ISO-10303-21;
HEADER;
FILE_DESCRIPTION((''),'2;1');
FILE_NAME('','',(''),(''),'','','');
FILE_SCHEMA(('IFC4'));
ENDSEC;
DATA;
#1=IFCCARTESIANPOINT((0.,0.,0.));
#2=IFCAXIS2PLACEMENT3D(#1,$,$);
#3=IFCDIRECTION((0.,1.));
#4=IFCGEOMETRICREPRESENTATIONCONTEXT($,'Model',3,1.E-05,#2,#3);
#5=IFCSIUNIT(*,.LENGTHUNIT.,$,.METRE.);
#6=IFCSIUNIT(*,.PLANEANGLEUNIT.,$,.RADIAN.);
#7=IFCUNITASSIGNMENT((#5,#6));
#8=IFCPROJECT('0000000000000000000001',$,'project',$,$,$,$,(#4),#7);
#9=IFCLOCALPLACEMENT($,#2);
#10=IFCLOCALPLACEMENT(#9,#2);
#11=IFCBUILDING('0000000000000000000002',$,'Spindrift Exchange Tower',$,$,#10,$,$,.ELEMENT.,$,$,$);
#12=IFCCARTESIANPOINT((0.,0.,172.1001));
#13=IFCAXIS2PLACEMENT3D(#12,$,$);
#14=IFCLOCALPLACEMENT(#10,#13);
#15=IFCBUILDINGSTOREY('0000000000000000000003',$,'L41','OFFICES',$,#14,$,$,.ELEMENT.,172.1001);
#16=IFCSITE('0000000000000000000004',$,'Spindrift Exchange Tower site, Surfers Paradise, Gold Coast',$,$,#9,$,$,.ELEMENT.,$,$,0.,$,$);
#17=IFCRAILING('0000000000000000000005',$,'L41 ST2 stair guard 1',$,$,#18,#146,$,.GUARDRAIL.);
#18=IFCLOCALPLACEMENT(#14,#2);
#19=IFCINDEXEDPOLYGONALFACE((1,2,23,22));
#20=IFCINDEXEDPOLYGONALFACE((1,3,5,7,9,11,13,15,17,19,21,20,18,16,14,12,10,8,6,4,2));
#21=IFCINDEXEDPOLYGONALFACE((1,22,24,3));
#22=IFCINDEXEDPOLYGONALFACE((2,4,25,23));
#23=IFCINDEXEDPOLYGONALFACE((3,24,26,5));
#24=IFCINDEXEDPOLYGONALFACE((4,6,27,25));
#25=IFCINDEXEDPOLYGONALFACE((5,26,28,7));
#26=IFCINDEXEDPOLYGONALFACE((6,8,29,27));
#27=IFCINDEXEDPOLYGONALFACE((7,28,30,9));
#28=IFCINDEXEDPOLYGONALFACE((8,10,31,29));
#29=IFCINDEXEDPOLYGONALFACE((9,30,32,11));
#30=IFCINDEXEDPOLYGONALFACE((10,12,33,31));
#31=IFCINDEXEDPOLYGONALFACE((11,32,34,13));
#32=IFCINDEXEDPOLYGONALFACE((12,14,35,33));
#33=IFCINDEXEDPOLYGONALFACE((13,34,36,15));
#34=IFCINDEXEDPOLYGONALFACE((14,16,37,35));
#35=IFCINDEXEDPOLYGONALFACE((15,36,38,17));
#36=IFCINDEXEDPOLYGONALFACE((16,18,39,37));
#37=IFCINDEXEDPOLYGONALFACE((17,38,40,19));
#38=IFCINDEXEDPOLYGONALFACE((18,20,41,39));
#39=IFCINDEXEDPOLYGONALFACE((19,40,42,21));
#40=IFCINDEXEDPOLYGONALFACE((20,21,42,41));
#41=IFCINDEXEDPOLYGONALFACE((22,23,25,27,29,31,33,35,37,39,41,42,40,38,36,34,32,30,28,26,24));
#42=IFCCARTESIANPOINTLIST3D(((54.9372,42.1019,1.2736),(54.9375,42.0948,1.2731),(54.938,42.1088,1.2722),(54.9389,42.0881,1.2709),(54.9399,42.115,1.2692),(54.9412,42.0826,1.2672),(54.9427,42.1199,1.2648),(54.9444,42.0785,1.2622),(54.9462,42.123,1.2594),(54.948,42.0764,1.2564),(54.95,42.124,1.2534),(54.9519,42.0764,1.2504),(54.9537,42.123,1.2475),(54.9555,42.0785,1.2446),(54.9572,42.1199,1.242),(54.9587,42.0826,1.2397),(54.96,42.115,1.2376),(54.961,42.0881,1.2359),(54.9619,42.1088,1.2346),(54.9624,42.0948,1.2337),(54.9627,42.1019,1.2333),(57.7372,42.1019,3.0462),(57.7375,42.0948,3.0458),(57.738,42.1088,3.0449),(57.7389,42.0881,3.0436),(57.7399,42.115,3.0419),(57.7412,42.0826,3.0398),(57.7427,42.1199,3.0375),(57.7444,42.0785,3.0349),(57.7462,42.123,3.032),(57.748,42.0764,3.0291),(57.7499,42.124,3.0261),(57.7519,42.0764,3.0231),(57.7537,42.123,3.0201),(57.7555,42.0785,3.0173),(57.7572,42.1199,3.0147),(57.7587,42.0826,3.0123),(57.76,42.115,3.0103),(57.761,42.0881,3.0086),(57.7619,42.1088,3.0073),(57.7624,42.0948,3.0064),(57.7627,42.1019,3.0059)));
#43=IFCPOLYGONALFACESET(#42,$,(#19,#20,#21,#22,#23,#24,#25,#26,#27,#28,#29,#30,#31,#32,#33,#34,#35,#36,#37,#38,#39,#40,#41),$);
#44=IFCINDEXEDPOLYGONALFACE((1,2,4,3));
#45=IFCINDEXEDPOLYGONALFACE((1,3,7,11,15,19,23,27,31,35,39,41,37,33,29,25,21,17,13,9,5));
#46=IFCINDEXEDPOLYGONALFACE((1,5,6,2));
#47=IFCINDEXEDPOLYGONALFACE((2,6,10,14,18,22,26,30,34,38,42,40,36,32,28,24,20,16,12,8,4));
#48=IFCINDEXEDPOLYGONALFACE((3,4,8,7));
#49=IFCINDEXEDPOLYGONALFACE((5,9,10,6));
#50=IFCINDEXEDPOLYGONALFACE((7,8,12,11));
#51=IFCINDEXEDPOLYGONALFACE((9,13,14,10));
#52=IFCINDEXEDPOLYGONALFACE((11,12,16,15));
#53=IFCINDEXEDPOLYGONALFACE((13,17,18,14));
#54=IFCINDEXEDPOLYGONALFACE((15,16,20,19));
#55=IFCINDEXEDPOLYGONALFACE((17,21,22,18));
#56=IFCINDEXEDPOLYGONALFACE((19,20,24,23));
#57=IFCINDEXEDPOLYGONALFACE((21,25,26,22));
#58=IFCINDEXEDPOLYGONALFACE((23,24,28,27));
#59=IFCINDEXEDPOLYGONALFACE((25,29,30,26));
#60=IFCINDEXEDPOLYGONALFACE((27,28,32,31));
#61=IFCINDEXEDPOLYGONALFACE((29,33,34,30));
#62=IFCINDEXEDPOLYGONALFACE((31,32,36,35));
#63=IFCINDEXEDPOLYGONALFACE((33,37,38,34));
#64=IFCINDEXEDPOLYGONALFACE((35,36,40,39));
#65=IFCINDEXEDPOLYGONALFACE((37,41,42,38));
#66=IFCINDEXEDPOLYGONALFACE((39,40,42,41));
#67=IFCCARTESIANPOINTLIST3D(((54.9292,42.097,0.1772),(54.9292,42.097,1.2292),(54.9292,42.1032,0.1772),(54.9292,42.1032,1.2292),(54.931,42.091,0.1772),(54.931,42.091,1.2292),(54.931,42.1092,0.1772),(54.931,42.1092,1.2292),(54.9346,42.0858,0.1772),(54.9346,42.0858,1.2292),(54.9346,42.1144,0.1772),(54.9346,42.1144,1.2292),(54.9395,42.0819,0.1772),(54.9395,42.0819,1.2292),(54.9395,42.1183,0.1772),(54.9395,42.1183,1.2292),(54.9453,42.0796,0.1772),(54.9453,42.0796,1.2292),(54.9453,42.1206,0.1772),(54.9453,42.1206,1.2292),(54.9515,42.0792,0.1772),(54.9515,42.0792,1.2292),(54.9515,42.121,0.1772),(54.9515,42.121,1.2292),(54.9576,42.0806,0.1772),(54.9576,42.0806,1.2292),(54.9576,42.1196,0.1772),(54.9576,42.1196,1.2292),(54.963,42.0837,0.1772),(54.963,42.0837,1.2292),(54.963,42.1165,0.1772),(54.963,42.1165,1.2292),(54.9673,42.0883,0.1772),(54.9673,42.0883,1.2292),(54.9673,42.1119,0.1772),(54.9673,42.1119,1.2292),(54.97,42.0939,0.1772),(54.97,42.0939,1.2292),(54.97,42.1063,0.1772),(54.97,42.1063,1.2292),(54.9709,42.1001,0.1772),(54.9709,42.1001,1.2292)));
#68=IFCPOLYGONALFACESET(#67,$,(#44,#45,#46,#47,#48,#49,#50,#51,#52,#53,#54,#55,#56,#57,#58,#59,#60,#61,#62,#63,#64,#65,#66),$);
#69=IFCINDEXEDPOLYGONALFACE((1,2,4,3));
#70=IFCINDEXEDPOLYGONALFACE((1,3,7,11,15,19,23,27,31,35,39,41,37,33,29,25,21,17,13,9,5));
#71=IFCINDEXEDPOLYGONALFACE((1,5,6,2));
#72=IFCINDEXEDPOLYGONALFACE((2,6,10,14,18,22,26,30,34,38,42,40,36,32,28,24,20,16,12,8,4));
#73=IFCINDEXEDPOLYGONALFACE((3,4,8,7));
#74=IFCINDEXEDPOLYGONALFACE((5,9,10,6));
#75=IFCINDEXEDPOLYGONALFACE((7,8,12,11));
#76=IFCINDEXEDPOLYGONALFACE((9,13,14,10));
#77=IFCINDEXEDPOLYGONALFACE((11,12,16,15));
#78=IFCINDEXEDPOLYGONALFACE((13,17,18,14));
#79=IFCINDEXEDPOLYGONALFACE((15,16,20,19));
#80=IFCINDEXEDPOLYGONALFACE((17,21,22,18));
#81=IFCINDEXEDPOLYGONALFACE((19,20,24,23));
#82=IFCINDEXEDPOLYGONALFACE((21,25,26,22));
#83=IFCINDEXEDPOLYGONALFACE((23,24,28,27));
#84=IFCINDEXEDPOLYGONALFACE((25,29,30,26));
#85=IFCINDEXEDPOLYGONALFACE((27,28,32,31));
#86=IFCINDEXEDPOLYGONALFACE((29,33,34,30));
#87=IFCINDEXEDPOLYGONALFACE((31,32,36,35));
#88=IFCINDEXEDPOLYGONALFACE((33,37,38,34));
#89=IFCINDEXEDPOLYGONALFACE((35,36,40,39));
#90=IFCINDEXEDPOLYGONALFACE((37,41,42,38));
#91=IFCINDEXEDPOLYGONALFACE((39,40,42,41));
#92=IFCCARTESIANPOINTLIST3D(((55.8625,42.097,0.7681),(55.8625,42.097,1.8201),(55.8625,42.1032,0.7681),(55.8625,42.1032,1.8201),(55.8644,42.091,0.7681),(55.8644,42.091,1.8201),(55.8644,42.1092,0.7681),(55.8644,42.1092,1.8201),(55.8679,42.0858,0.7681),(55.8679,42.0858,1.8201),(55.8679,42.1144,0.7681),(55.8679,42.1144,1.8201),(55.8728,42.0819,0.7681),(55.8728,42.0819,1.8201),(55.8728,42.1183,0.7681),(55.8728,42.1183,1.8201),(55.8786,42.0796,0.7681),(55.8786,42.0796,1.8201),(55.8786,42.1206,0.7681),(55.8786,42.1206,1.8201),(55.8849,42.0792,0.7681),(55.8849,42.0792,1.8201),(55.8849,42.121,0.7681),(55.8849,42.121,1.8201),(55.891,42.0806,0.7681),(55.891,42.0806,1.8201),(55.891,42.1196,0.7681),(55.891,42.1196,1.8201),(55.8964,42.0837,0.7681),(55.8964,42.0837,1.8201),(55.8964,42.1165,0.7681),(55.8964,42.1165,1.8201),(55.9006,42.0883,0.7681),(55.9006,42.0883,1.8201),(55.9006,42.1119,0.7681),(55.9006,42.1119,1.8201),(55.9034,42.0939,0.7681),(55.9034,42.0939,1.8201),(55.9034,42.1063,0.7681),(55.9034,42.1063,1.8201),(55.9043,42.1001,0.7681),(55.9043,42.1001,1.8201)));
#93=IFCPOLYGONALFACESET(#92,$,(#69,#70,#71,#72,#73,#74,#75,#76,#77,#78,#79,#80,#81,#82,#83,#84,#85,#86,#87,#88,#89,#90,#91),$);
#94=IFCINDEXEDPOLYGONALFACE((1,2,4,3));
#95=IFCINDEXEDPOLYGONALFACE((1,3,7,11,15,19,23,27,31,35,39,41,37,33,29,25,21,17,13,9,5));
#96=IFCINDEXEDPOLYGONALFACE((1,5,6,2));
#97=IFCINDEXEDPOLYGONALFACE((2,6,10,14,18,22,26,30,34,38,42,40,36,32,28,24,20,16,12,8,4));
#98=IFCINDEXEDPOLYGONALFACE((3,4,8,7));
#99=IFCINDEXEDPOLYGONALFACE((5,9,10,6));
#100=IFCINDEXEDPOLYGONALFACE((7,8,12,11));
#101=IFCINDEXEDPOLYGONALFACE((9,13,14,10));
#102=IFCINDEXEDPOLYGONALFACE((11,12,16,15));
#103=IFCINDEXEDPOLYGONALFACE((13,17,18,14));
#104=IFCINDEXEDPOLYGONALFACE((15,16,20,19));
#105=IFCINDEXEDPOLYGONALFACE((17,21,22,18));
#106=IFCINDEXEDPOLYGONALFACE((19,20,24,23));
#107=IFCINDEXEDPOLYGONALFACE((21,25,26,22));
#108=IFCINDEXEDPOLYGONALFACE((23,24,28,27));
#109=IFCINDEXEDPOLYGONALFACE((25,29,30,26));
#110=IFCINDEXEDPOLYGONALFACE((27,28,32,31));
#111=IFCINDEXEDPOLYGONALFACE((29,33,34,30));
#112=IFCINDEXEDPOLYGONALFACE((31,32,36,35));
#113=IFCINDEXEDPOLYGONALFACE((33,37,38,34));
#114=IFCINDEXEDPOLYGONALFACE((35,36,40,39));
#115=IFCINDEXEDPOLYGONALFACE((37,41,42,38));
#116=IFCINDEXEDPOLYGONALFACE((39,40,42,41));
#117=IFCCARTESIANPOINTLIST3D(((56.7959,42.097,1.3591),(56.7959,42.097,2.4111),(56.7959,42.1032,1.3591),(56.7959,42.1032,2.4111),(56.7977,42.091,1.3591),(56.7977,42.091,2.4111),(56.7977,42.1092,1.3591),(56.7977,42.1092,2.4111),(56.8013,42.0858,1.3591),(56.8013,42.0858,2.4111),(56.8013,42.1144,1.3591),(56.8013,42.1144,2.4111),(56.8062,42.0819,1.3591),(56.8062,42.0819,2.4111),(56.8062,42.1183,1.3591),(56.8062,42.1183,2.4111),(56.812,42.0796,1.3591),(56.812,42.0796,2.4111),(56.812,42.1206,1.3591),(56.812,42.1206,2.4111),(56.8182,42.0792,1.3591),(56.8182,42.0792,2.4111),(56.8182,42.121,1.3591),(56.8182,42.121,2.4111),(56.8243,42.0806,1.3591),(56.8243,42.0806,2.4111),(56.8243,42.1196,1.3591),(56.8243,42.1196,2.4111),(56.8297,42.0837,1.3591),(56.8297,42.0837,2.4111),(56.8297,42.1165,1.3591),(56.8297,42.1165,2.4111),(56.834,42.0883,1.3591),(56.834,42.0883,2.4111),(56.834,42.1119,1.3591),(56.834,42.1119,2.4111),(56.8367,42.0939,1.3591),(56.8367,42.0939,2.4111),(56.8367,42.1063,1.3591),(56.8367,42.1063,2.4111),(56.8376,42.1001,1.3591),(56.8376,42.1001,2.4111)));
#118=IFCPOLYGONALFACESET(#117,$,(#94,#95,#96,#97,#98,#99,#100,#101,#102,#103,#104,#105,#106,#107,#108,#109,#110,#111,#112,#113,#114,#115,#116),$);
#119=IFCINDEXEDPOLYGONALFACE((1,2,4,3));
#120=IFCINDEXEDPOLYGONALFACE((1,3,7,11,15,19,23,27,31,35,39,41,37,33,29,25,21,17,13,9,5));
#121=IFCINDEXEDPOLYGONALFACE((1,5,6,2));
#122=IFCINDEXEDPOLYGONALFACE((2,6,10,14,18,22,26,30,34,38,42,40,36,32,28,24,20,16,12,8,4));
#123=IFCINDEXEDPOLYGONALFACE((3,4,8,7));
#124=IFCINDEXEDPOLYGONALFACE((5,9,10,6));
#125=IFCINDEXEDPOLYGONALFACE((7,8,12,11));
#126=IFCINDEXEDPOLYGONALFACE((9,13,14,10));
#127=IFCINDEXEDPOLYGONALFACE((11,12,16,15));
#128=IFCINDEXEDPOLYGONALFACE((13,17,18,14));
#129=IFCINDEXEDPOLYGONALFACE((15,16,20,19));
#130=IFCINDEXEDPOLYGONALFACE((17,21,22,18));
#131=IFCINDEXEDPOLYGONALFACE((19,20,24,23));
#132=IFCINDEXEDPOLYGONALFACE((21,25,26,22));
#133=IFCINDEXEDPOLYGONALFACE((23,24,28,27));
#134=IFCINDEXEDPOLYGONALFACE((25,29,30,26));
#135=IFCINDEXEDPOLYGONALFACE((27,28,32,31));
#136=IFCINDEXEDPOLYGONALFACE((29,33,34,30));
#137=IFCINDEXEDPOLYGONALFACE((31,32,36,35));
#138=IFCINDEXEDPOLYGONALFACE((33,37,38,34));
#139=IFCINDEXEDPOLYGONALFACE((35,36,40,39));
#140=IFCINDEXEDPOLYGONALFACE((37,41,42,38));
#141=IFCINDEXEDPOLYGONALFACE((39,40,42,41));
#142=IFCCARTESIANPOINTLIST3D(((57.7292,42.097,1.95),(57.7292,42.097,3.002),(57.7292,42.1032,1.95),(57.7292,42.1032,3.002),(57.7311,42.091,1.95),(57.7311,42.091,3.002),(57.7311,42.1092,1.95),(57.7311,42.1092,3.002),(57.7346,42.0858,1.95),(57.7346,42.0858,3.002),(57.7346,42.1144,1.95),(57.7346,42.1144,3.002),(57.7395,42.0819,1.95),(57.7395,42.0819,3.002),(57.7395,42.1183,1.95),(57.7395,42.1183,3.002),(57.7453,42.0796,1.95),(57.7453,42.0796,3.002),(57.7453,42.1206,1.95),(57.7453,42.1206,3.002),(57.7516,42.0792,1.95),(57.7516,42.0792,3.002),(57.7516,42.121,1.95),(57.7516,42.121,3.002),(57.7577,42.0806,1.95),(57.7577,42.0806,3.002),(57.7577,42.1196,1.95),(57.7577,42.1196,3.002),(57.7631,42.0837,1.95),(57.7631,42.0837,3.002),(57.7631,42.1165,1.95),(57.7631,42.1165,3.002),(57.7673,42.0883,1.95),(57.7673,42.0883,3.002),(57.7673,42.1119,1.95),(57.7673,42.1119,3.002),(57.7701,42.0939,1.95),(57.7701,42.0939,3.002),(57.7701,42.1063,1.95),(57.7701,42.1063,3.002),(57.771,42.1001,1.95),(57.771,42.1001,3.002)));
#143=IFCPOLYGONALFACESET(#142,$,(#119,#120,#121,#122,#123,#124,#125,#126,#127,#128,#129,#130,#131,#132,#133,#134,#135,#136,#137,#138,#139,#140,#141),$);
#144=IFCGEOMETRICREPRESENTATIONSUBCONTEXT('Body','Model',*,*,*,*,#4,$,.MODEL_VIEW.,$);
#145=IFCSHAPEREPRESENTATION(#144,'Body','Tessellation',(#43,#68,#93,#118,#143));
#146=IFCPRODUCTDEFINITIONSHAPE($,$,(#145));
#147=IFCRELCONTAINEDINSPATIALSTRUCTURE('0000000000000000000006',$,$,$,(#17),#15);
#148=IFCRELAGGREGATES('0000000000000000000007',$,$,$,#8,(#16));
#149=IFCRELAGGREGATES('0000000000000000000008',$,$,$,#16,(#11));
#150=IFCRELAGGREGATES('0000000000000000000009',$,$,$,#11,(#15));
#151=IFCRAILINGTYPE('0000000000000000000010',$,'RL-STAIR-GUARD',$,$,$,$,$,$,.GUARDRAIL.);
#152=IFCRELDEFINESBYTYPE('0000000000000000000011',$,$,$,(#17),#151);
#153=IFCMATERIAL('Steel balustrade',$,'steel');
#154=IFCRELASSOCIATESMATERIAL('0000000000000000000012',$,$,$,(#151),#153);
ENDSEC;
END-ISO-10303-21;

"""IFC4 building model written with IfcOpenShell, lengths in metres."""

from ifc_helpers import new_model, si_unit, direction, frame, origin, origin_2d, place, context, subcontext, project, spatial, circle, extrude, material, type_object, element, save


model = new_model("IFC4")

# Units and contexts
model_context = context("Model", 3, precision=1e-05, world=origin(), true_north=direction((0.0, 1.0)))
body_context = subcontext(model_context, "Body", "Model", "MODEL_VIEW")
ifc_project = project(units=[si_unit("LENGTHUNIT", "METRE"), si_unit("PLANEANGLEUNIT", "RADIAN")], contexts=[model_context])

# Site, building, storey
site_placement = place(None, origin())
site = spatial("IfcSite", under=ifc_project, at=site_placement, Name="Spindrift Exchange Tower site, Surfers Paradise, Gold Coast", CompositionType="ELEMENT", RefElevation=0.0)
building_placement = place(site_placement, origin())
building = spatial("IfcBuilding", under=site, at=building_placement, Name="Spindrift Exchange Tower", CompositionType="ELEMENT")
storey_placement = place(building_placement, frame((0.0, 0.0, 172.1001)))
storey = spatial("IfcBuildingStorey", under=building, at=storey_placement, Name="L41", Description="OFFICES", CompositionType="ELEMENT", Elevation=172.1001)

# Railing
ifc_material_1 = material(Name="Steel balustrade", Category="steel")
railing_type_1 = type_object("IfcRailingType", Name="RL-STAIR-GUARD", PredefinedType="GUARDRAIL", material=ifc_material_1)
railing_1_placement = place(storey_placement, frame((54.95, 42.1001, 0.1772)))
element("IfcRailing", 1, at=railing_1_placement, inside=storey, type_object=railing_type_1, Name="L41 ST2 stair guard 1", PredefinedType="GUARDRAIL", context=body_context, shape_type="SweptSolid", body=[
    extrude(circle(Radius=0.0239, at=origin_2d()), frame((0.0, 0.0, 1.0762), z_axis=(0.844909, 0.0, 0.53491), x_axis=(0.0, 1.0, 0.0)), (0.0, 0.0, 1.0), 3.314),
    extrude(circle(Radius=0.021, at=origin_2d()), origin(), (0.0, 0.0, 1.0), 1.052),
    extrude(circle(Radius=0.021, at=origin_2d()), frame((0.9333, 0.0, 0.5908)), (0.0, 0.0, 1.0), 1.052),
    extrude(circle(Radius=0.021, at=origin_2d()), frame((1.8667, 0.0, 1.1819)), (0.0, 0.0, 1.0), 1.052),
    extrude(circle(Radius=0.021, at=origin_2d()), frame((2.8, 0.0, 1.7727)), (0.0, 0.0, 1.0), 1.052),
])

save(model, "model.ifc")
